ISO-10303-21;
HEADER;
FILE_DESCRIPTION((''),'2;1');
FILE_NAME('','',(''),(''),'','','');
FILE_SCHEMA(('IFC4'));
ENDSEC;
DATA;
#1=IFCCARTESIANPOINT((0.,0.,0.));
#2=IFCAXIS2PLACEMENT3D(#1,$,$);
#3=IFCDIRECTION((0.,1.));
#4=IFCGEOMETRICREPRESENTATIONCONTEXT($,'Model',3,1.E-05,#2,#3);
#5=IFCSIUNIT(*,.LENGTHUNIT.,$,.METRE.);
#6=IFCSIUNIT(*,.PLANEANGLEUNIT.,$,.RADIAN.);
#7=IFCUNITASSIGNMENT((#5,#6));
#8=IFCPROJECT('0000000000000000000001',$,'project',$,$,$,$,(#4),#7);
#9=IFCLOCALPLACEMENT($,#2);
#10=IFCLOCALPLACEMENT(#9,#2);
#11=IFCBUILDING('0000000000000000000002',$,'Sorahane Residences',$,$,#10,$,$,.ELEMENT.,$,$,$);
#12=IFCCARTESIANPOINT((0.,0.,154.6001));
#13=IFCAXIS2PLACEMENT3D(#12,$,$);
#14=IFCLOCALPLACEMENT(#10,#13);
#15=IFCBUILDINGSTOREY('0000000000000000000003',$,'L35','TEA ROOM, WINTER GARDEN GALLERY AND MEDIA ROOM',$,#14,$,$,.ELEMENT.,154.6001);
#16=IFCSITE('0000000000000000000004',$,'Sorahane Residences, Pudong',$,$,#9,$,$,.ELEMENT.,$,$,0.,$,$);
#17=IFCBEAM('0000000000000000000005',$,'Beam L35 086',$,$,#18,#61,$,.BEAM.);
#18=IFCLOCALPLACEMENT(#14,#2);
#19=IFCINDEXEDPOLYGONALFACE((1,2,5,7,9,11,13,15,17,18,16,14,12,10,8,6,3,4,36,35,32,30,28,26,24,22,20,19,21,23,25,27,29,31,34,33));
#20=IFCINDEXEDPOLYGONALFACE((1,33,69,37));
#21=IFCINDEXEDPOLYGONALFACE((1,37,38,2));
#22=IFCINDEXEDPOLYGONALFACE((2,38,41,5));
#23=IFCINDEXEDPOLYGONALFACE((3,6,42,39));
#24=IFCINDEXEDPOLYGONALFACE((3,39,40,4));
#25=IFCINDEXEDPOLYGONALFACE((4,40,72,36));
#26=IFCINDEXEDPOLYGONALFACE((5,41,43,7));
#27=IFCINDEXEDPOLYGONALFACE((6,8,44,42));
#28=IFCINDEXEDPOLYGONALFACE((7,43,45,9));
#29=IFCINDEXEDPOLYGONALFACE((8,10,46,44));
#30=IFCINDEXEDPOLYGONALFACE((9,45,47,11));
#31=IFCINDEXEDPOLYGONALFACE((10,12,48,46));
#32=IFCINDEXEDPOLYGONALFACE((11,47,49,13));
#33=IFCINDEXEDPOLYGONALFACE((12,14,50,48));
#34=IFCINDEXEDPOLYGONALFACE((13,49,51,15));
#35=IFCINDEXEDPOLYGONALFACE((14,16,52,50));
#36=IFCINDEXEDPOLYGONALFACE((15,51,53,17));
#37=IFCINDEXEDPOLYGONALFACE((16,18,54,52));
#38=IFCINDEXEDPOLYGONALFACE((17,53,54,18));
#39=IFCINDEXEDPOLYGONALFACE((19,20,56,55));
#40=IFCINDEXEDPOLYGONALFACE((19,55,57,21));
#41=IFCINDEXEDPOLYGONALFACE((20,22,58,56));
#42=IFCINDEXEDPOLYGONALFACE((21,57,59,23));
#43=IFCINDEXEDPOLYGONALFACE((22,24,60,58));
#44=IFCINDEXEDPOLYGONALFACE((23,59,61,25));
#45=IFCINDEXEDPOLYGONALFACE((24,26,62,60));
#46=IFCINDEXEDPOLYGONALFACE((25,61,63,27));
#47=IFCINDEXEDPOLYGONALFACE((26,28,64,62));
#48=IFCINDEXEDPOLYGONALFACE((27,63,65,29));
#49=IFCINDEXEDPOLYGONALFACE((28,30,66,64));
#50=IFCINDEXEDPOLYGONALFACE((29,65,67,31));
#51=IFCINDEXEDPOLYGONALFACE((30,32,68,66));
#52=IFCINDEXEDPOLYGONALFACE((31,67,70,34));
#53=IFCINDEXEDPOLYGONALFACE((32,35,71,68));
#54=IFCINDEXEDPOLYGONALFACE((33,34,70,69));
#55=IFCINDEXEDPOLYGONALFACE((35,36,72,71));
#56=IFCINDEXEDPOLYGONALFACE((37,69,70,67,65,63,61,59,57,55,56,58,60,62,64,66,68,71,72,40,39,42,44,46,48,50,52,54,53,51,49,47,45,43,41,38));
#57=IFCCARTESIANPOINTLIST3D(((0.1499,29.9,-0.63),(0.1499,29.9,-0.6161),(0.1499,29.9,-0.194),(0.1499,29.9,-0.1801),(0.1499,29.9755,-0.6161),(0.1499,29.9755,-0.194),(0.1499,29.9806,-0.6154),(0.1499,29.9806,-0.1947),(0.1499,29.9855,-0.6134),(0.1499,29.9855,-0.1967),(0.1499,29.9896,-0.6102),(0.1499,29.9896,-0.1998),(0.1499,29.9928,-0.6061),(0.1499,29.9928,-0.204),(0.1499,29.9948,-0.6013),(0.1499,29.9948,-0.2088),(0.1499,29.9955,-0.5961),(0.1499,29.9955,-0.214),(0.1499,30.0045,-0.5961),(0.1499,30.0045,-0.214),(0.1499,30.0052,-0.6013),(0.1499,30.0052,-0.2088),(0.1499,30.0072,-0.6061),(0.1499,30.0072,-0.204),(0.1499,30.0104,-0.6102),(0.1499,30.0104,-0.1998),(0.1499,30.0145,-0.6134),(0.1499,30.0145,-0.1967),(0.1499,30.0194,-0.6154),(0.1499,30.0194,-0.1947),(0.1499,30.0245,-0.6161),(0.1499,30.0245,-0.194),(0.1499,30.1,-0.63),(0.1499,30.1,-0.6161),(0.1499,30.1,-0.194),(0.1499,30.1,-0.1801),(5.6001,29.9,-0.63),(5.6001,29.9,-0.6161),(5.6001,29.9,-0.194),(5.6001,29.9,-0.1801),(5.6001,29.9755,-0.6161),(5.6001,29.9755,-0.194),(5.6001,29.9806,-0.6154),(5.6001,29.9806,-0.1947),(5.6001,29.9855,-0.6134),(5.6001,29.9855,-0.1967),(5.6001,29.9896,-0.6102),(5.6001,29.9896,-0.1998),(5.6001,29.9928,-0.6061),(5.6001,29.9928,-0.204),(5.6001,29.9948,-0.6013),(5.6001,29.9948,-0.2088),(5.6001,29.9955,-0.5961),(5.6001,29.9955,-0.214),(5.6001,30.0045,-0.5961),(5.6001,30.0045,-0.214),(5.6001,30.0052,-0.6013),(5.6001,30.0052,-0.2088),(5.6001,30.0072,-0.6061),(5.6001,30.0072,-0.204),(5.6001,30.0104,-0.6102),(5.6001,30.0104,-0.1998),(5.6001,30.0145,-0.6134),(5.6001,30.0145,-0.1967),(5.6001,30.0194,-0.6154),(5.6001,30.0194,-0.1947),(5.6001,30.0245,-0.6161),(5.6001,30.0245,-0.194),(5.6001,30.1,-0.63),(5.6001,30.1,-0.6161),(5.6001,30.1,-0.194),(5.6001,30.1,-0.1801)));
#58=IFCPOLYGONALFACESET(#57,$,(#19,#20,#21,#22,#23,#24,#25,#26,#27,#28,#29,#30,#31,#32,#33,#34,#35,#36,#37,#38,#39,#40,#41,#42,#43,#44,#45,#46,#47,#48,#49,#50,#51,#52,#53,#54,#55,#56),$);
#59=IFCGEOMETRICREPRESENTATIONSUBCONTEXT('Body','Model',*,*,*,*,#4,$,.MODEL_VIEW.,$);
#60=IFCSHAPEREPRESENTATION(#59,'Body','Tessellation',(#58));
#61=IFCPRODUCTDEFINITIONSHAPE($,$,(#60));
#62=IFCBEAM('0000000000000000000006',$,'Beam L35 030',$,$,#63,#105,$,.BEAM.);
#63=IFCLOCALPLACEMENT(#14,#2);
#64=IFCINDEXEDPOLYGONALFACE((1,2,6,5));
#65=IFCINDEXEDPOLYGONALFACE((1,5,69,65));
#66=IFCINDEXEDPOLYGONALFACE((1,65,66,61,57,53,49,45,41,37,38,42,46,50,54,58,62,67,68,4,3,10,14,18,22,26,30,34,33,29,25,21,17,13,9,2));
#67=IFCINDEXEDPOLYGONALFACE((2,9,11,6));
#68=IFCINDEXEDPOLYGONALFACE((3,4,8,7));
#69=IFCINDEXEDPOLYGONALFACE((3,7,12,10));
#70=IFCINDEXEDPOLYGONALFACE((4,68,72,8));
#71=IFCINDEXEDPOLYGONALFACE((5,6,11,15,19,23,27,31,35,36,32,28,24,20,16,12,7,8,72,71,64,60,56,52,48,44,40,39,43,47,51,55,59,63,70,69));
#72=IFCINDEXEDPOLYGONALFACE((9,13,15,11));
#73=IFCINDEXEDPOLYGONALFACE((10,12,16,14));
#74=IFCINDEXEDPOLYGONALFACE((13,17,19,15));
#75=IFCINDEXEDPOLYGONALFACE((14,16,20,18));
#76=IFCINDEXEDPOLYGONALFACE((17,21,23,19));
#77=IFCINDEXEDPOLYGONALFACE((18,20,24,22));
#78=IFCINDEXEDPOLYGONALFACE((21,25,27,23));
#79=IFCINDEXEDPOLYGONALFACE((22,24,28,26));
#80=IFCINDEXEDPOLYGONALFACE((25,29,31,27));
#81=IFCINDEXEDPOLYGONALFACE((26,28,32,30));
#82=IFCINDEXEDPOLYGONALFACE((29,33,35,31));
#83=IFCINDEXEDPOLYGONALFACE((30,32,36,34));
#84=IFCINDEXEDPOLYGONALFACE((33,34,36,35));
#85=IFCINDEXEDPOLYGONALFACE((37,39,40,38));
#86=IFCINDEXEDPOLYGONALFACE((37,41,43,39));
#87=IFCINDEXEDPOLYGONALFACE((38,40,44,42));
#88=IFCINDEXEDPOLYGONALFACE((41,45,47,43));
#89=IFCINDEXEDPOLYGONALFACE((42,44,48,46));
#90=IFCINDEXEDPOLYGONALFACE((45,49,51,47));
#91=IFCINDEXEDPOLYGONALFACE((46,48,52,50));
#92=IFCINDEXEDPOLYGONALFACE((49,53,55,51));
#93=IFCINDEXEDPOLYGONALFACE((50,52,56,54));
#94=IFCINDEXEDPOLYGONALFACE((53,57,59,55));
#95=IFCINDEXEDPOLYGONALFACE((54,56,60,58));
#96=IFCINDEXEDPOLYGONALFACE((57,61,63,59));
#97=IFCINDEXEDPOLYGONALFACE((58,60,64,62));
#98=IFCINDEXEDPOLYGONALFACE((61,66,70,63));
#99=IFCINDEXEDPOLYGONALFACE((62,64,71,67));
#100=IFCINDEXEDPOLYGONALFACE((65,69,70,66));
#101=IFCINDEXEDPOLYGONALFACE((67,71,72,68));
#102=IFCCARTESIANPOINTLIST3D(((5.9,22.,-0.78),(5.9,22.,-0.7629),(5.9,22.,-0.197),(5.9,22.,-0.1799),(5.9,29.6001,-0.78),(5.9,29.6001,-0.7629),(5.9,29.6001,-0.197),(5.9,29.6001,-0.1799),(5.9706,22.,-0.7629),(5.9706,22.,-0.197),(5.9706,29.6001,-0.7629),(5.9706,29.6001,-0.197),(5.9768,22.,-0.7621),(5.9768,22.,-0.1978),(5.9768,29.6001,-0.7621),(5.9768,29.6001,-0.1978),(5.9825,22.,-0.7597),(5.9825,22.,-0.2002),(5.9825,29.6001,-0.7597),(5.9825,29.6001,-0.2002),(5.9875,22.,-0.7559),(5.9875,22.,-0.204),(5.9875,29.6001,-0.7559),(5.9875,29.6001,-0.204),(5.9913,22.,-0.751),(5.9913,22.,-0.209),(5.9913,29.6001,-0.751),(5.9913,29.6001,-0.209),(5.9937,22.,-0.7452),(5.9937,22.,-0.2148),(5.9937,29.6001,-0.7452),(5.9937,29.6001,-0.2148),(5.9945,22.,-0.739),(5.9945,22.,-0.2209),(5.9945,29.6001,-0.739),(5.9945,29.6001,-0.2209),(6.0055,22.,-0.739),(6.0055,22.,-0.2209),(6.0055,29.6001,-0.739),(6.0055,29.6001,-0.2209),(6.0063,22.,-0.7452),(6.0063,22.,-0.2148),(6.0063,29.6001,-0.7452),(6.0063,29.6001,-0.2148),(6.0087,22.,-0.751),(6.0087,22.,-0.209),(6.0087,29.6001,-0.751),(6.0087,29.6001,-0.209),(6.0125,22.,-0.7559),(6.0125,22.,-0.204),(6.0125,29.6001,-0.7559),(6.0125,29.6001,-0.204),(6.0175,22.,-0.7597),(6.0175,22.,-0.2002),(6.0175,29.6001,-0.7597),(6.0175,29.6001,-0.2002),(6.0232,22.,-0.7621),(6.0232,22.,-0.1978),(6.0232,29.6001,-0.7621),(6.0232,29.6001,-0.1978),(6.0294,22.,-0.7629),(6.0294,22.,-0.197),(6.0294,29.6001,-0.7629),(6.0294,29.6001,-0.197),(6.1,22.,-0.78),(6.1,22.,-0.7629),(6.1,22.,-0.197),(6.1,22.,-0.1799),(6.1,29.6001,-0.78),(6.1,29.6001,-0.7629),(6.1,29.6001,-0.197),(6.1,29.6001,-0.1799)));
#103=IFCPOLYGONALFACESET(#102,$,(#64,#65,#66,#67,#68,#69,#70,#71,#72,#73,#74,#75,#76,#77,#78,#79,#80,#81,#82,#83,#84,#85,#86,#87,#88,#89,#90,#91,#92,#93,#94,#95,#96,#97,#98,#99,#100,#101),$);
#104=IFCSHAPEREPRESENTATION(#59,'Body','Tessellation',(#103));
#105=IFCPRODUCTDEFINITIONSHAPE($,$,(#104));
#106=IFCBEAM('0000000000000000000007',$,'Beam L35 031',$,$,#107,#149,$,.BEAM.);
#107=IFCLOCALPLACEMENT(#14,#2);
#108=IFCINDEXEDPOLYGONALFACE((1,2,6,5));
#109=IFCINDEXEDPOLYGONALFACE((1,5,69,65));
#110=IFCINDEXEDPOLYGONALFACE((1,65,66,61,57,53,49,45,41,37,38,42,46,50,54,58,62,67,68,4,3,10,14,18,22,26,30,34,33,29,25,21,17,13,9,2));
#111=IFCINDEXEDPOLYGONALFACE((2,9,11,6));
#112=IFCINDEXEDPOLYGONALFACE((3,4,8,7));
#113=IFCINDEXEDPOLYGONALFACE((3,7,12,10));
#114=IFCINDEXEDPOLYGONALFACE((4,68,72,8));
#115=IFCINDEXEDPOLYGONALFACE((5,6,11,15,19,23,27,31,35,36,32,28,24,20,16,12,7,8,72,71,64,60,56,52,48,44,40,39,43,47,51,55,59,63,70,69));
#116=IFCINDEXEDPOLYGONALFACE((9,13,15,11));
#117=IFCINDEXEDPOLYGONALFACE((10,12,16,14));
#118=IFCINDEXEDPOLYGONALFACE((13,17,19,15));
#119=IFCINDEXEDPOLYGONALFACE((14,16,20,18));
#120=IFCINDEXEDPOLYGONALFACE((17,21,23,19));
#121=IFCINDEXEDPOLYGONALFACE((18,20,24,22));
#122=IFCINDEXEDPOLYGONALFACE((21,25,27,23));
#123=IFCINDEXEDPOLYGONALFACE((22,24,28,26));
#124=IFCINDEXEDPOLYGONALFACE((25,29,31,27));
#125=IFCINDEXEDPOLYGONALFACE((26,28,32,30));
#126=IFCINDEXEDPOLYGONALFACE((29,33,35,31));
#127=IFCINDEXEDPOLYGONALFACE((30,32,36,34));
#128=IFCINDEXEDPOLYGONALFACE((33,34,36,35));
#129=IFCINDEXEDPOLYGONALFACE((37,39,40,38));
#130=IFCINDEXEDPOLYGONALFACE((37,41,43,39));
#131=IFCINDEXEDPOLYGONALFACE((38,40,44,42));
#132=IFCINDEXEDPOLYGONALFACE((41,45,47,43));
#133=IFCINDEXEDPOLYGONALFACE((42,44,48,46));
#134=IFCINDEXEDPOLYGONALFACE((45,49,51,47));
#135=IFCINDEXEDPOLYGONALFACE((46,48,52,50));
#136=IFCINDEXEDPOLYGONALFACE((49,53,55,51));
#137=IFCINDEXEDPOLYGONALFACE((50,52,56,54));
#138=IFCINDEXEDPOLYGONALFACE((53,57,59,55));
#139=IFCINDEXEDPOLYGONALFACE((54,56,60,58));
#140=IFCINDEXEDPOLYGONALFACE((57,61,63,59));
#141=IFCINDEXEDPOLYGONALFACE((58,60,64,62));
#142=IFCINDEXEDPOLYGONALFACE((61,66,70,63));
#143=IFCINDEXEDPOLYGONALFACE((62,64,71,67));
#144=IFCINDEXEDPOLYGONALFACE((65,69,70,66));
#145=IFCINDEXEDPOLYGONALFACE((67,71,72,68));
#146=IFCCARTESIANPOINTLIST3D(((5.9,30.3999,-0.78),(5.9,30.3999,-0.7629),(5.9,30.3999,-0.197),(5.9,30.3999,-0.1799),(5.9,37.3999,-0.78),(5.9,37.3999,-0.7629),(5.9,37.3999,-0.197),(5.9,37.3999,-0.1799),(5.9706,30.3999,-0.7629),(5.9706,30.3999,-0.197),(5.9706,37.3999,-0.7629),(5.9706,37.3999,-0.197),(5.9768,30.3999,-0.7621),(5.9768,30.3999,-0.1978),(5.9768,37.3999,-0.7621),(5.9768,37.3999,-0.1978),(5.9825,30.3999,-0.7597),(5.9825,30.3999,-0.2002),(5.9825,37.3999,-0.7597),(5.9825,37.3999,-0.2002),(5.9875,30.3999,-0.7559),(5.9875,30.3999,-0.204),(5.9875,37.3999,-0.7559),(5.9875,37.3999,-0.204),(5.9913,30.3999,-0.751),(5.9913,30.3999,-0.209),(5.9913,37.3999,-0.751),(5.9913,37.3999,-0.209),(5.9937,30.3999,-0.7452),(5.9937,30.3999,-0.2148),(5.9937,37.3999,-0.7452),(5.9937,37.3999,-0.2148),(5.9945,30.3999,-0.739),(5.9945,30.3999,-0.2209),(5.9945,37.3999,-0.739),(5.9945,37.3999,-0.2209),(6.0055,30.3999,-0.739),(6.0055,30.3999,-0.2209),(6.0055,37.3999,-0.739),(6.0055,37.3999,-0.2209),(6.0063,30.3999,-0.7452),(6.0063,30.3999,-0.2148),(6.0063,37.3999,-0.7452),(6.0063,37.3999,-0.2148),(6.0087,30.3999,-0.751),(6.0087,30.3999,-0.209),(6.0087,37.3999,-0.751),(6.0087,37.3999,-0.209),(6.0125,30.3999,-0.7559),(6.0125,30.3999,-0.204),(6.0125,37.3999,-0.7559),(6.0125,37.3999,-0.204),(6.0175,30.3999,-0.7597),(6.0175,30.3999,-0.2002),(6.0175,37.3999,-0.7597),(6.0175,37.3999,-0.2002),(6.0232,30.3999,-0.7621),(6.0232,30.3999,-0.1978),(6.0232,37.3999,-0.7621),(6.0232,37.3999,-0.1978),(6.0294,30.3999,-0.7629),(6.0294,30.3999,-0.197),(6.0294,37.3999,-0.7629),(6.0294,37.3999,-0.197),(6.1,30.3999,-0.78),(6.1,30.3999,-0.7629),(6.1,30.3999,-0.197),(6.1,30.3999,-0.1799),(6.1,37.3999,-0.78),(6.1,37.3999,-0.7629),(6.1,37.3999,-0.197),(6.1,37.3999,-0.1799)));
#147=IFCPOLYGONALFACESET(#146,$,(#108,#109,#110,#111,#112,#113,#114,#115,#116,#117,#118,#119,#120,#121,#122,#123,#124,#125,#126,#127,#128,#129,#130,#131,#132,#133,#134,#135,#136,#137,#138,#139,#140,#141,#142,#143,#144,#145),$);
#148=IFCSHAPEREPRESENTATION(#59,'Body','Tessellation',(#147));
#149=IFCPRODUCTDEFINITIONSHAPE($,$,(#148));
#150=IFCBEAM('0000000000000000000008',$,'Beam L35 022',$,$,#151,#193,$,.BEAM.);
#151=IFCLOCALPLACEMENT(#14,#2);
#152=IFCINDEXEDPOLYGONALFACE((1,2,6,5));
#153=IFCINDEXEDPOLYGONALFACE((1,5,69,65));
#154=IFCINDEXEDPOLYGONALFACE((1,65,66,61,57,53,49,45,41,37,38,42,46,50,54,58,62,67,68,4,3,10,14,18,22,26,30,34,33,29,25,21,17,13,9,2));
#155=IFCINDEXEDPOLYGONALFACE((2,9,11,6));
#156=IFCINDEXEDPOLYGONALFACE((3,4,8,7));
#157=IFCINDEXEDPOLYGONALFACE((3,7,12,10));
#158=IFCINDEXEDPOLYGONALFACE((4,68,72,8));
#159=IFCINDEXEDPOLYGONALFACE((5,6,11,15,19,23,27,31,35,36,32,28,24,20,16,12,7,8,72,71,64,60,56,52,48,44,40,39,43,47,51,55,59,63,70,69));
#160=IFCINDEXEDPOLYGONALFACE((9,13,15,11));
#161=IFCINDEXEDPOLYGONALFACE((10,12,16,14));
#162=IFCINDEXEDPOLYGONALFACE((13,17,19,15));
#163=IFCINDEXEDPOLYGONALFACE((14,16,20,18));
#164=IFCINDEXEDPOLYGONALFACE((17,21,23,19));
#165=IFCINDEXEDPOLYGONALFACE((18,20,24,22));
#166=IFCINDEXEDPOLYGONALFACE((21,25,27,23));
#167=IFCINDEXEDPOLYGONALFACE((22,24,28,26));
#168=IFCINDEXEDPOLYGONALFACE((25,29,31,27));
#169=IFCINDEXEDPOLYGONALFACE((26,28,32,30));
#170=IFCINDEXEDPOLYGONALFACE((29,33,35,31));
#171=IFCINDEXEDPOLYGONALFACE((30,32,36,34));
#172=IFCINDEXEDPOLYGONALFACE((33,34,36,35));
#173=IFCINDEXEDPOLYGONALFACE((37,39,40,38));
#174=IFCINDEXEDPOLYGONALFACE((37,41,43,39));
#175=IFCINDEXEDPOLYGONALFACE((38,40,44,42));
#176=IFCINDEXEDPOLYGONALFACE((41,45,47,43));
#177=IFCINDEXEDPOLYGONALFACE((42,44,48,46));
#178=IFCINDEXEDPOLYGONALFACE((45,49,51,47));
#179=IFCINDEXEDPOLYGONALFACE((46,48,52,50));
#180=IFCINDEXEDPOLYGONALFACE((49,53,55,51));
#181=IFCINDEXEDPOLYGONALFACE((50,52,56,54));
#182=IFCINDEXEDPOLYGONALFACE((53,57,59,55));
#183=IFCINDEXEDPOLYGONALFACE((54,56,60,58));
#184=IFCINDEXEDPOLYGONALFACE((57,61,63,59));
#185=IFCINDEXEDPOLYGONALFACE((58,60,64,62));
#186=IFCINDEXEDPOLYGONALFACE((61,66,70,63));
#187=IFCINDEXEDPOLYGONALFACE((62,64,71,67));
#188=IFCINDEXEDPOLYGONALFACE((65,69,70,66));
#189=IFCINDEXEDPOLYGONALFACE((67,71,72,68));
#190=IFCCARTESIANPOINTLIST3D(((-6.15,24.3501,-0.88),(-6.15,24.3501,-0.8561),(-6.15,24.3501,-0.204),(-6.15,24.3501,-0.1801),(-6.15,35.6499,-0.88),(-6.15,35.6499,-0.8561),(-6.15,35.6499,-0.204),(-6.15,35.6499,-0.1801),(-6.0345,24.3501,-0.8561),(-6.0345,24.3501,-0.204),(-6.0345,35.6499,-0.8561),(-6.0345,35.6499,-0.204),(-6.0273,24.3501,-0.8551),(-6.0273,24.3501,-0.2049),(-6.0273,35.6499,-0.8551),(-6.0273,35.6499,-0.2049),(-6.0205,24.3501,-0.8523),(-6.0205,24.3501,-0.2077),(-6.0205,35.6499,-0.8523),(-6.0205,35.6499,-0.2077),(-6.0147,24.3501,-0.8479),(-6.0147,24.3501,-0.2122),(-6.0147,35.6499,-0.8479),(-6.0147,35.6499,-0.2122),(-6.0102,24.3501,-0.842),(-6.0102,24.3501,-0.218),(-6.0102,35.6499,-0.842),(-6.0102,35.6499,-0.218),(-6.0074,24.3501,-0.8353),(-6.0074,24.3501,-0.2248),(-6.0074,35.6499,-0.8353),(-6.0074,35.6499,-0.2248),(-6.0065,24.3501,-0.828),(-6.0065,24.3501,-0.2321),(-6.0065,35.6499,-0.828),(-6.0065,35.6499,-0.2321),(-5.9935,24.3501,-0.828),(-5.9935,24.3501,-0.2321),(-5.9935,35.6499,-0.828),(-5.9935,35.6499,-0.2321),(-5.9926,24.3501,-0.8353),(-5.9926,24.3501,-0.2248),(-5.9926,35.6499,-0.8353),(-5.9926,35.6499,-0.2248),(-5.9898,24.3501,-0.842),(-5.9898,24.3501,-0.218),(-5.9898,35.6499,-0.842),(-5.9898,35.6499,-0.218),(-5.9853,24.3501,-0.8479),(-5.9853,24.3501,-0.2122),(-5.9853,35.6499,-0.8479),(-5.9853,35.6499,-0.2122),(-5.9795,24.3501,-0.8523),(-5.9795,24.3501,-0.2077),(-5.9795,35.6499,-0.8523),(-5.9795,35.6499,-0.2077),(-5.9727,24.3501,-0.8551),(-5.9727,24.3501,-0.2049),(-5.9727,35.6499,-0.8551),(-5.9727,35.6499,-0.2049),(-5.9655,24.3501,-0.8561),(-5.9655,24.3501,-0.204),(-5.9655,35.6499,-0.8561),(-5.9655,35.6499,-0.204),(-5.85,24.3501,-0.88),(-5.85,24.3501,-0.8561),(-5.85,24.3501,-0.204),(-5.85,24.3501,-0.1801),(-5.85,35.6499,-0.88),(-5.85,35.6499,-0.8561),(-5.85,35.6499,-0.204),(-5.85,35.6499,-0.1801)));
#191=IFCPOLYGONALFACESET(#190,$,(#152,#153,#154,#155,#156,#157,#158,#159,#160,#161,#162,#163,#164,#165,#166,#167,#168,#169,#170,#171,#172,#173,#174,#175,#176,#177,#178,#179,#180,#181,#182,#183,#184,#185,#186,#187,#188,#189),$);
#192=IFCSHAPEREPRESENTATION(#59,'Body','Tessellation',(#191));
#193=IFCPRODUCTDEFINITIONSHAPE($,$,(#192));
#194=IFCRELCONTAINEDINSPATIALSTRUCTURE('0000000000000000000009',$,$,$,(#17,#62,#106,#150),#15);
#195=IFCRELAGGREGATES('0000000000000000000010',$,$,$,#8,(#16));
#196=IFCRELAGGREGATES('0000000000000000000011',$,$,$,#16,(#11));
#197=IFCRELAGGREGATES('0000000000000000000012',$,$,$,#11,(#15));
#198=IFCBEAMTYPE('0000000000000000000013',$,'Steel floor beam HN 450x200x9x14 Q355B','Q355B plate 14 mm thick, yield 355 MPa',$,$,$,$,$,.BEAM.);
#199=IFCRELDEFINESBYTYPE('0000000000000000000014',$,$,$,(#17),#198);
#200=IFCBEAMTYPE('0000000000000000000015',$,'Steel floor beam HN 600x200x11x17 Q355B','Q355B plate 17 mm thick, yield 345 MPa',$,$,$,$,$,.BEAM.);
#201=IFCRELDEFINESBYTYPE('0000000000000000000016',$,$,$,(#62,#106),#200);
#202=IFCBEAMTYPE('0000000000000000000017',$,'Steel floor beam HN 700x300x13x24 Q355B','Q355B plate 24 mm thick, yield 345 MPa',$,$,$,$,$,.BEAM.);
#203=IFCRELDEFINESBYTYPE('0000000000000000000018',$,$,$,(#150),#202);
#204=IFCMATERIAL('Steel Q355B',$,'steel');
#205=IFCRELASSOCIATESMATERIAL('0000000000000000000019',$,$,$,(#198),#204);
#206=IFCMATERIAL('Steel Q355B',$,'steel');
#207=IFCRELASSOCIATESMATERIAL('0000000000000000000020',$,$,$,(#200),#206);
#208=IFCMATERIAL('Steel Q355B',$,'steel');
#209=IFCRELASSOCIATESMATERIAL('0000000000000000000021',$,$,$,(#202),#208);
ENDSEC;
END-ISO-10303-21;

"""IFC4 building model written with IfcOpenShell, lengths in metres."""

from ifc_helpers import new_model, si_unit, direction, frame, origin, origin_2d, place, context, subcontext, project, spatial, i_section, extrude, material, material_profile, profile_set, type_object, element, save


model = new_model("IFC4")

# Units and contexts
model_context = context("Model", 3, precision=1e-05, world=origin(), true_north=direction((0.0, 1.0)))
body_context = subcontext(model_context, "Body", "Model", "MODEL_VIEW")
ifc_project = project(units=[si_unit("LENGTHUNIT", "METRE"), si_unit("PLANEANGLEUNIT", "RADIAN")], contexts=[model_context])

# Site, building, storey
site_placement = place(None, origin())
site = spatial("IfcSite", under=ifc_project, at=site_placement, Name="Sorahane Residences, Pudong", CompositionType="ELEMENT", RefElevation=0.0)
building_placement = place(site_placement, origin())
building = spatial("IfcBuilding", under=site, at=building_placement, Name="Sorahane Residences", CompositionType="ELEMENT")
storey_placement = place(building_placement, frame((0.0, 0.0, 154.6001)))
storey = spatial("IfcBuildingStorey", under=building, at=storey_placement, Name="L35", Description="TEA ROOM, WINTER GARDEN GALLERY AND MEDIA ROOM", CompositionType="ELEMENT", Elevation=154.6001)

# Beams
ifc_material_1 = material(Name="Steel Q355B", Category="steel")
ifc_material_profile_1 = material_profile(ifc_material_1, i_section(OverallWidth=0.2, OverallDepth=0.45, WebThickness=0.009, FlangeThickness=0.0139, FilletRadius=0.02, at=origin_2d()), Name="HN 450x200x9x14")
ifc_profile_set_1 = profile_set([ifc_material_profile_1], Name="Steel Q355B")
beam_type_1 = type_object("IfcBeamType", Name="Steel floor beam HN 450x200x9x14 Q355B", Description="Q355B plate 14 mm thick, yield 355 MPa", PredefinedType="BEAM", material=ifc_profile_set_1)
beam_1_placement = place(storey_placement, frame((0.1499, 30.0, -0.405), z_axis=(1.0, 0.0, 0.0), x_axis=(0.0, 1.0, 0.0)))
element("IfcBeam", 1, at=beam_1_placement, inside=storey, type_object=beam_type_1, Name="Beam L35 086", PredefinedType="BEAM", context=body_context, shape_type="SweptSolid", body=[
    extrude(i_section(OverallWidth=0.2, OverallDepth=0.45, WebThickness=0.009, FlangeThickness=0.0139, FilletRadius=0.02, at=origin_2d()), origin(), (0.0, 0.0, 1.0), 5.4502),
])
ifc_material_2 = material(Name="Steel Q355B", Category="steel")
ifc_material_profile_2 = material_profile(ifc_material_2, i_section(OverallWidth=0.2, OverallDepth=0.6001, WebThickness=0.011, FlangeThickness=0.0171, FilletRadius=0.0239, at=origin_2d()), Name="HN 600x200x11x17")
ifc_profile_set_2 = profile_set([ifc_material_profile_2], Name="Steel Q355B")
beam_type_2 = type_object("IfcBeamType", Name="Steel floor beam HN 600x200x11x17 Q355B", Description="Q355B plate 17 mm thick, yield 345 MPa", PredefinedType="BEAM", material=ifc_profile_set_2)
beam_2_placement = place(storey_placement, frame((6.0, 22.0, -0.48), z_axis=(0.0, 1.0, 0.0), x_axis=(-1.0, 0.0, 0.0)))
element("IfcBeam", 2, at=beam_2_placement, inside=storey, type_object=beam_type_2, Name="Beam L35 030", PredefinedType="BEAM", context=body_context, shape_type="SweptSolid", body=[
    extrude(i_section(OverallWidth=0.2, OverallDepth=0.6001, WebThickness=0.011, FlangeThickness=0.0171, FilletRadius=0.0239, at=origin_2d()), origin(), (0.0, 0.0, 1.0), 7.6001),
])
beam_3_placement = place(storey_placement, frame((6.0, 30.3999, -0.48), z_axis=(0.0, 1.0, 0.0), x_axis=(-1.0, 0.0, 0.0)))
element("IfcBeam", 3, at=beam_3_placement, inside=storey, type_object=beam_type_2, Name="Beam L35 031", PredefinedType="BEAM", context=body_context, shape_type="SweptSolid", body=[
    extrude(i_section(OverallWidth=0.2, OverallDepth=0.6001, WebThickness=0.011, FlangeThickness=0.0171, FilletRadius=0.0239, at=origin_2d()), origin(), (0.0, 0.0, 1.0), 7.0),
])
ifc_material_3 = material(Name="Steel Q355B", Category="steel")
ifc_material_profile_3 = material_profile(ifc_material_3, i_section(OverallWidth=0.3, OverallDepth=0.7, WebThickness=0.0129, FlangeThickness=0.0239, FilletRadius=0.0281, at=origin_2d()), Name="HN 700x300x13x24")
ifc_profile_set_3 = profile_set([ifc_material_profile_3], Name="Steel Q355B")
beam_type_3 = type_object("IfcBeamType", Name="Steel floor beam HN 700x300x13x24 Q355B", Description="Q355B plate 24 mm thick, yield 345 MPa", PredefinedType="BEAM", material=ifc_profile_set_3)
beam_4_placement = place(storey_placement, frame((-6.0, 24.3501, -0.53), z_axis=(0.0, 1.0, 0.0), x_axis=(-1.0, 0.0, 0.0)))
element("IfcBeam", 4, at=beam_4_placement, inside=storey, type_object=beam_type_3, Name="Beam L35 022", PredefinedType="BEAM", context=body_context, shape_type="SweptSolid", body=[
    extrude(i_section(OverallWidth=0.3, OverallDepth=0.7, WebThickness=0.0129, FlangeThickness=0.0239, FilletRadius=0.0281, at=origin_2d()), origin(), (0.0, 0.0, 1.0), 11.2998),
])

save(model, "model.ifc")
